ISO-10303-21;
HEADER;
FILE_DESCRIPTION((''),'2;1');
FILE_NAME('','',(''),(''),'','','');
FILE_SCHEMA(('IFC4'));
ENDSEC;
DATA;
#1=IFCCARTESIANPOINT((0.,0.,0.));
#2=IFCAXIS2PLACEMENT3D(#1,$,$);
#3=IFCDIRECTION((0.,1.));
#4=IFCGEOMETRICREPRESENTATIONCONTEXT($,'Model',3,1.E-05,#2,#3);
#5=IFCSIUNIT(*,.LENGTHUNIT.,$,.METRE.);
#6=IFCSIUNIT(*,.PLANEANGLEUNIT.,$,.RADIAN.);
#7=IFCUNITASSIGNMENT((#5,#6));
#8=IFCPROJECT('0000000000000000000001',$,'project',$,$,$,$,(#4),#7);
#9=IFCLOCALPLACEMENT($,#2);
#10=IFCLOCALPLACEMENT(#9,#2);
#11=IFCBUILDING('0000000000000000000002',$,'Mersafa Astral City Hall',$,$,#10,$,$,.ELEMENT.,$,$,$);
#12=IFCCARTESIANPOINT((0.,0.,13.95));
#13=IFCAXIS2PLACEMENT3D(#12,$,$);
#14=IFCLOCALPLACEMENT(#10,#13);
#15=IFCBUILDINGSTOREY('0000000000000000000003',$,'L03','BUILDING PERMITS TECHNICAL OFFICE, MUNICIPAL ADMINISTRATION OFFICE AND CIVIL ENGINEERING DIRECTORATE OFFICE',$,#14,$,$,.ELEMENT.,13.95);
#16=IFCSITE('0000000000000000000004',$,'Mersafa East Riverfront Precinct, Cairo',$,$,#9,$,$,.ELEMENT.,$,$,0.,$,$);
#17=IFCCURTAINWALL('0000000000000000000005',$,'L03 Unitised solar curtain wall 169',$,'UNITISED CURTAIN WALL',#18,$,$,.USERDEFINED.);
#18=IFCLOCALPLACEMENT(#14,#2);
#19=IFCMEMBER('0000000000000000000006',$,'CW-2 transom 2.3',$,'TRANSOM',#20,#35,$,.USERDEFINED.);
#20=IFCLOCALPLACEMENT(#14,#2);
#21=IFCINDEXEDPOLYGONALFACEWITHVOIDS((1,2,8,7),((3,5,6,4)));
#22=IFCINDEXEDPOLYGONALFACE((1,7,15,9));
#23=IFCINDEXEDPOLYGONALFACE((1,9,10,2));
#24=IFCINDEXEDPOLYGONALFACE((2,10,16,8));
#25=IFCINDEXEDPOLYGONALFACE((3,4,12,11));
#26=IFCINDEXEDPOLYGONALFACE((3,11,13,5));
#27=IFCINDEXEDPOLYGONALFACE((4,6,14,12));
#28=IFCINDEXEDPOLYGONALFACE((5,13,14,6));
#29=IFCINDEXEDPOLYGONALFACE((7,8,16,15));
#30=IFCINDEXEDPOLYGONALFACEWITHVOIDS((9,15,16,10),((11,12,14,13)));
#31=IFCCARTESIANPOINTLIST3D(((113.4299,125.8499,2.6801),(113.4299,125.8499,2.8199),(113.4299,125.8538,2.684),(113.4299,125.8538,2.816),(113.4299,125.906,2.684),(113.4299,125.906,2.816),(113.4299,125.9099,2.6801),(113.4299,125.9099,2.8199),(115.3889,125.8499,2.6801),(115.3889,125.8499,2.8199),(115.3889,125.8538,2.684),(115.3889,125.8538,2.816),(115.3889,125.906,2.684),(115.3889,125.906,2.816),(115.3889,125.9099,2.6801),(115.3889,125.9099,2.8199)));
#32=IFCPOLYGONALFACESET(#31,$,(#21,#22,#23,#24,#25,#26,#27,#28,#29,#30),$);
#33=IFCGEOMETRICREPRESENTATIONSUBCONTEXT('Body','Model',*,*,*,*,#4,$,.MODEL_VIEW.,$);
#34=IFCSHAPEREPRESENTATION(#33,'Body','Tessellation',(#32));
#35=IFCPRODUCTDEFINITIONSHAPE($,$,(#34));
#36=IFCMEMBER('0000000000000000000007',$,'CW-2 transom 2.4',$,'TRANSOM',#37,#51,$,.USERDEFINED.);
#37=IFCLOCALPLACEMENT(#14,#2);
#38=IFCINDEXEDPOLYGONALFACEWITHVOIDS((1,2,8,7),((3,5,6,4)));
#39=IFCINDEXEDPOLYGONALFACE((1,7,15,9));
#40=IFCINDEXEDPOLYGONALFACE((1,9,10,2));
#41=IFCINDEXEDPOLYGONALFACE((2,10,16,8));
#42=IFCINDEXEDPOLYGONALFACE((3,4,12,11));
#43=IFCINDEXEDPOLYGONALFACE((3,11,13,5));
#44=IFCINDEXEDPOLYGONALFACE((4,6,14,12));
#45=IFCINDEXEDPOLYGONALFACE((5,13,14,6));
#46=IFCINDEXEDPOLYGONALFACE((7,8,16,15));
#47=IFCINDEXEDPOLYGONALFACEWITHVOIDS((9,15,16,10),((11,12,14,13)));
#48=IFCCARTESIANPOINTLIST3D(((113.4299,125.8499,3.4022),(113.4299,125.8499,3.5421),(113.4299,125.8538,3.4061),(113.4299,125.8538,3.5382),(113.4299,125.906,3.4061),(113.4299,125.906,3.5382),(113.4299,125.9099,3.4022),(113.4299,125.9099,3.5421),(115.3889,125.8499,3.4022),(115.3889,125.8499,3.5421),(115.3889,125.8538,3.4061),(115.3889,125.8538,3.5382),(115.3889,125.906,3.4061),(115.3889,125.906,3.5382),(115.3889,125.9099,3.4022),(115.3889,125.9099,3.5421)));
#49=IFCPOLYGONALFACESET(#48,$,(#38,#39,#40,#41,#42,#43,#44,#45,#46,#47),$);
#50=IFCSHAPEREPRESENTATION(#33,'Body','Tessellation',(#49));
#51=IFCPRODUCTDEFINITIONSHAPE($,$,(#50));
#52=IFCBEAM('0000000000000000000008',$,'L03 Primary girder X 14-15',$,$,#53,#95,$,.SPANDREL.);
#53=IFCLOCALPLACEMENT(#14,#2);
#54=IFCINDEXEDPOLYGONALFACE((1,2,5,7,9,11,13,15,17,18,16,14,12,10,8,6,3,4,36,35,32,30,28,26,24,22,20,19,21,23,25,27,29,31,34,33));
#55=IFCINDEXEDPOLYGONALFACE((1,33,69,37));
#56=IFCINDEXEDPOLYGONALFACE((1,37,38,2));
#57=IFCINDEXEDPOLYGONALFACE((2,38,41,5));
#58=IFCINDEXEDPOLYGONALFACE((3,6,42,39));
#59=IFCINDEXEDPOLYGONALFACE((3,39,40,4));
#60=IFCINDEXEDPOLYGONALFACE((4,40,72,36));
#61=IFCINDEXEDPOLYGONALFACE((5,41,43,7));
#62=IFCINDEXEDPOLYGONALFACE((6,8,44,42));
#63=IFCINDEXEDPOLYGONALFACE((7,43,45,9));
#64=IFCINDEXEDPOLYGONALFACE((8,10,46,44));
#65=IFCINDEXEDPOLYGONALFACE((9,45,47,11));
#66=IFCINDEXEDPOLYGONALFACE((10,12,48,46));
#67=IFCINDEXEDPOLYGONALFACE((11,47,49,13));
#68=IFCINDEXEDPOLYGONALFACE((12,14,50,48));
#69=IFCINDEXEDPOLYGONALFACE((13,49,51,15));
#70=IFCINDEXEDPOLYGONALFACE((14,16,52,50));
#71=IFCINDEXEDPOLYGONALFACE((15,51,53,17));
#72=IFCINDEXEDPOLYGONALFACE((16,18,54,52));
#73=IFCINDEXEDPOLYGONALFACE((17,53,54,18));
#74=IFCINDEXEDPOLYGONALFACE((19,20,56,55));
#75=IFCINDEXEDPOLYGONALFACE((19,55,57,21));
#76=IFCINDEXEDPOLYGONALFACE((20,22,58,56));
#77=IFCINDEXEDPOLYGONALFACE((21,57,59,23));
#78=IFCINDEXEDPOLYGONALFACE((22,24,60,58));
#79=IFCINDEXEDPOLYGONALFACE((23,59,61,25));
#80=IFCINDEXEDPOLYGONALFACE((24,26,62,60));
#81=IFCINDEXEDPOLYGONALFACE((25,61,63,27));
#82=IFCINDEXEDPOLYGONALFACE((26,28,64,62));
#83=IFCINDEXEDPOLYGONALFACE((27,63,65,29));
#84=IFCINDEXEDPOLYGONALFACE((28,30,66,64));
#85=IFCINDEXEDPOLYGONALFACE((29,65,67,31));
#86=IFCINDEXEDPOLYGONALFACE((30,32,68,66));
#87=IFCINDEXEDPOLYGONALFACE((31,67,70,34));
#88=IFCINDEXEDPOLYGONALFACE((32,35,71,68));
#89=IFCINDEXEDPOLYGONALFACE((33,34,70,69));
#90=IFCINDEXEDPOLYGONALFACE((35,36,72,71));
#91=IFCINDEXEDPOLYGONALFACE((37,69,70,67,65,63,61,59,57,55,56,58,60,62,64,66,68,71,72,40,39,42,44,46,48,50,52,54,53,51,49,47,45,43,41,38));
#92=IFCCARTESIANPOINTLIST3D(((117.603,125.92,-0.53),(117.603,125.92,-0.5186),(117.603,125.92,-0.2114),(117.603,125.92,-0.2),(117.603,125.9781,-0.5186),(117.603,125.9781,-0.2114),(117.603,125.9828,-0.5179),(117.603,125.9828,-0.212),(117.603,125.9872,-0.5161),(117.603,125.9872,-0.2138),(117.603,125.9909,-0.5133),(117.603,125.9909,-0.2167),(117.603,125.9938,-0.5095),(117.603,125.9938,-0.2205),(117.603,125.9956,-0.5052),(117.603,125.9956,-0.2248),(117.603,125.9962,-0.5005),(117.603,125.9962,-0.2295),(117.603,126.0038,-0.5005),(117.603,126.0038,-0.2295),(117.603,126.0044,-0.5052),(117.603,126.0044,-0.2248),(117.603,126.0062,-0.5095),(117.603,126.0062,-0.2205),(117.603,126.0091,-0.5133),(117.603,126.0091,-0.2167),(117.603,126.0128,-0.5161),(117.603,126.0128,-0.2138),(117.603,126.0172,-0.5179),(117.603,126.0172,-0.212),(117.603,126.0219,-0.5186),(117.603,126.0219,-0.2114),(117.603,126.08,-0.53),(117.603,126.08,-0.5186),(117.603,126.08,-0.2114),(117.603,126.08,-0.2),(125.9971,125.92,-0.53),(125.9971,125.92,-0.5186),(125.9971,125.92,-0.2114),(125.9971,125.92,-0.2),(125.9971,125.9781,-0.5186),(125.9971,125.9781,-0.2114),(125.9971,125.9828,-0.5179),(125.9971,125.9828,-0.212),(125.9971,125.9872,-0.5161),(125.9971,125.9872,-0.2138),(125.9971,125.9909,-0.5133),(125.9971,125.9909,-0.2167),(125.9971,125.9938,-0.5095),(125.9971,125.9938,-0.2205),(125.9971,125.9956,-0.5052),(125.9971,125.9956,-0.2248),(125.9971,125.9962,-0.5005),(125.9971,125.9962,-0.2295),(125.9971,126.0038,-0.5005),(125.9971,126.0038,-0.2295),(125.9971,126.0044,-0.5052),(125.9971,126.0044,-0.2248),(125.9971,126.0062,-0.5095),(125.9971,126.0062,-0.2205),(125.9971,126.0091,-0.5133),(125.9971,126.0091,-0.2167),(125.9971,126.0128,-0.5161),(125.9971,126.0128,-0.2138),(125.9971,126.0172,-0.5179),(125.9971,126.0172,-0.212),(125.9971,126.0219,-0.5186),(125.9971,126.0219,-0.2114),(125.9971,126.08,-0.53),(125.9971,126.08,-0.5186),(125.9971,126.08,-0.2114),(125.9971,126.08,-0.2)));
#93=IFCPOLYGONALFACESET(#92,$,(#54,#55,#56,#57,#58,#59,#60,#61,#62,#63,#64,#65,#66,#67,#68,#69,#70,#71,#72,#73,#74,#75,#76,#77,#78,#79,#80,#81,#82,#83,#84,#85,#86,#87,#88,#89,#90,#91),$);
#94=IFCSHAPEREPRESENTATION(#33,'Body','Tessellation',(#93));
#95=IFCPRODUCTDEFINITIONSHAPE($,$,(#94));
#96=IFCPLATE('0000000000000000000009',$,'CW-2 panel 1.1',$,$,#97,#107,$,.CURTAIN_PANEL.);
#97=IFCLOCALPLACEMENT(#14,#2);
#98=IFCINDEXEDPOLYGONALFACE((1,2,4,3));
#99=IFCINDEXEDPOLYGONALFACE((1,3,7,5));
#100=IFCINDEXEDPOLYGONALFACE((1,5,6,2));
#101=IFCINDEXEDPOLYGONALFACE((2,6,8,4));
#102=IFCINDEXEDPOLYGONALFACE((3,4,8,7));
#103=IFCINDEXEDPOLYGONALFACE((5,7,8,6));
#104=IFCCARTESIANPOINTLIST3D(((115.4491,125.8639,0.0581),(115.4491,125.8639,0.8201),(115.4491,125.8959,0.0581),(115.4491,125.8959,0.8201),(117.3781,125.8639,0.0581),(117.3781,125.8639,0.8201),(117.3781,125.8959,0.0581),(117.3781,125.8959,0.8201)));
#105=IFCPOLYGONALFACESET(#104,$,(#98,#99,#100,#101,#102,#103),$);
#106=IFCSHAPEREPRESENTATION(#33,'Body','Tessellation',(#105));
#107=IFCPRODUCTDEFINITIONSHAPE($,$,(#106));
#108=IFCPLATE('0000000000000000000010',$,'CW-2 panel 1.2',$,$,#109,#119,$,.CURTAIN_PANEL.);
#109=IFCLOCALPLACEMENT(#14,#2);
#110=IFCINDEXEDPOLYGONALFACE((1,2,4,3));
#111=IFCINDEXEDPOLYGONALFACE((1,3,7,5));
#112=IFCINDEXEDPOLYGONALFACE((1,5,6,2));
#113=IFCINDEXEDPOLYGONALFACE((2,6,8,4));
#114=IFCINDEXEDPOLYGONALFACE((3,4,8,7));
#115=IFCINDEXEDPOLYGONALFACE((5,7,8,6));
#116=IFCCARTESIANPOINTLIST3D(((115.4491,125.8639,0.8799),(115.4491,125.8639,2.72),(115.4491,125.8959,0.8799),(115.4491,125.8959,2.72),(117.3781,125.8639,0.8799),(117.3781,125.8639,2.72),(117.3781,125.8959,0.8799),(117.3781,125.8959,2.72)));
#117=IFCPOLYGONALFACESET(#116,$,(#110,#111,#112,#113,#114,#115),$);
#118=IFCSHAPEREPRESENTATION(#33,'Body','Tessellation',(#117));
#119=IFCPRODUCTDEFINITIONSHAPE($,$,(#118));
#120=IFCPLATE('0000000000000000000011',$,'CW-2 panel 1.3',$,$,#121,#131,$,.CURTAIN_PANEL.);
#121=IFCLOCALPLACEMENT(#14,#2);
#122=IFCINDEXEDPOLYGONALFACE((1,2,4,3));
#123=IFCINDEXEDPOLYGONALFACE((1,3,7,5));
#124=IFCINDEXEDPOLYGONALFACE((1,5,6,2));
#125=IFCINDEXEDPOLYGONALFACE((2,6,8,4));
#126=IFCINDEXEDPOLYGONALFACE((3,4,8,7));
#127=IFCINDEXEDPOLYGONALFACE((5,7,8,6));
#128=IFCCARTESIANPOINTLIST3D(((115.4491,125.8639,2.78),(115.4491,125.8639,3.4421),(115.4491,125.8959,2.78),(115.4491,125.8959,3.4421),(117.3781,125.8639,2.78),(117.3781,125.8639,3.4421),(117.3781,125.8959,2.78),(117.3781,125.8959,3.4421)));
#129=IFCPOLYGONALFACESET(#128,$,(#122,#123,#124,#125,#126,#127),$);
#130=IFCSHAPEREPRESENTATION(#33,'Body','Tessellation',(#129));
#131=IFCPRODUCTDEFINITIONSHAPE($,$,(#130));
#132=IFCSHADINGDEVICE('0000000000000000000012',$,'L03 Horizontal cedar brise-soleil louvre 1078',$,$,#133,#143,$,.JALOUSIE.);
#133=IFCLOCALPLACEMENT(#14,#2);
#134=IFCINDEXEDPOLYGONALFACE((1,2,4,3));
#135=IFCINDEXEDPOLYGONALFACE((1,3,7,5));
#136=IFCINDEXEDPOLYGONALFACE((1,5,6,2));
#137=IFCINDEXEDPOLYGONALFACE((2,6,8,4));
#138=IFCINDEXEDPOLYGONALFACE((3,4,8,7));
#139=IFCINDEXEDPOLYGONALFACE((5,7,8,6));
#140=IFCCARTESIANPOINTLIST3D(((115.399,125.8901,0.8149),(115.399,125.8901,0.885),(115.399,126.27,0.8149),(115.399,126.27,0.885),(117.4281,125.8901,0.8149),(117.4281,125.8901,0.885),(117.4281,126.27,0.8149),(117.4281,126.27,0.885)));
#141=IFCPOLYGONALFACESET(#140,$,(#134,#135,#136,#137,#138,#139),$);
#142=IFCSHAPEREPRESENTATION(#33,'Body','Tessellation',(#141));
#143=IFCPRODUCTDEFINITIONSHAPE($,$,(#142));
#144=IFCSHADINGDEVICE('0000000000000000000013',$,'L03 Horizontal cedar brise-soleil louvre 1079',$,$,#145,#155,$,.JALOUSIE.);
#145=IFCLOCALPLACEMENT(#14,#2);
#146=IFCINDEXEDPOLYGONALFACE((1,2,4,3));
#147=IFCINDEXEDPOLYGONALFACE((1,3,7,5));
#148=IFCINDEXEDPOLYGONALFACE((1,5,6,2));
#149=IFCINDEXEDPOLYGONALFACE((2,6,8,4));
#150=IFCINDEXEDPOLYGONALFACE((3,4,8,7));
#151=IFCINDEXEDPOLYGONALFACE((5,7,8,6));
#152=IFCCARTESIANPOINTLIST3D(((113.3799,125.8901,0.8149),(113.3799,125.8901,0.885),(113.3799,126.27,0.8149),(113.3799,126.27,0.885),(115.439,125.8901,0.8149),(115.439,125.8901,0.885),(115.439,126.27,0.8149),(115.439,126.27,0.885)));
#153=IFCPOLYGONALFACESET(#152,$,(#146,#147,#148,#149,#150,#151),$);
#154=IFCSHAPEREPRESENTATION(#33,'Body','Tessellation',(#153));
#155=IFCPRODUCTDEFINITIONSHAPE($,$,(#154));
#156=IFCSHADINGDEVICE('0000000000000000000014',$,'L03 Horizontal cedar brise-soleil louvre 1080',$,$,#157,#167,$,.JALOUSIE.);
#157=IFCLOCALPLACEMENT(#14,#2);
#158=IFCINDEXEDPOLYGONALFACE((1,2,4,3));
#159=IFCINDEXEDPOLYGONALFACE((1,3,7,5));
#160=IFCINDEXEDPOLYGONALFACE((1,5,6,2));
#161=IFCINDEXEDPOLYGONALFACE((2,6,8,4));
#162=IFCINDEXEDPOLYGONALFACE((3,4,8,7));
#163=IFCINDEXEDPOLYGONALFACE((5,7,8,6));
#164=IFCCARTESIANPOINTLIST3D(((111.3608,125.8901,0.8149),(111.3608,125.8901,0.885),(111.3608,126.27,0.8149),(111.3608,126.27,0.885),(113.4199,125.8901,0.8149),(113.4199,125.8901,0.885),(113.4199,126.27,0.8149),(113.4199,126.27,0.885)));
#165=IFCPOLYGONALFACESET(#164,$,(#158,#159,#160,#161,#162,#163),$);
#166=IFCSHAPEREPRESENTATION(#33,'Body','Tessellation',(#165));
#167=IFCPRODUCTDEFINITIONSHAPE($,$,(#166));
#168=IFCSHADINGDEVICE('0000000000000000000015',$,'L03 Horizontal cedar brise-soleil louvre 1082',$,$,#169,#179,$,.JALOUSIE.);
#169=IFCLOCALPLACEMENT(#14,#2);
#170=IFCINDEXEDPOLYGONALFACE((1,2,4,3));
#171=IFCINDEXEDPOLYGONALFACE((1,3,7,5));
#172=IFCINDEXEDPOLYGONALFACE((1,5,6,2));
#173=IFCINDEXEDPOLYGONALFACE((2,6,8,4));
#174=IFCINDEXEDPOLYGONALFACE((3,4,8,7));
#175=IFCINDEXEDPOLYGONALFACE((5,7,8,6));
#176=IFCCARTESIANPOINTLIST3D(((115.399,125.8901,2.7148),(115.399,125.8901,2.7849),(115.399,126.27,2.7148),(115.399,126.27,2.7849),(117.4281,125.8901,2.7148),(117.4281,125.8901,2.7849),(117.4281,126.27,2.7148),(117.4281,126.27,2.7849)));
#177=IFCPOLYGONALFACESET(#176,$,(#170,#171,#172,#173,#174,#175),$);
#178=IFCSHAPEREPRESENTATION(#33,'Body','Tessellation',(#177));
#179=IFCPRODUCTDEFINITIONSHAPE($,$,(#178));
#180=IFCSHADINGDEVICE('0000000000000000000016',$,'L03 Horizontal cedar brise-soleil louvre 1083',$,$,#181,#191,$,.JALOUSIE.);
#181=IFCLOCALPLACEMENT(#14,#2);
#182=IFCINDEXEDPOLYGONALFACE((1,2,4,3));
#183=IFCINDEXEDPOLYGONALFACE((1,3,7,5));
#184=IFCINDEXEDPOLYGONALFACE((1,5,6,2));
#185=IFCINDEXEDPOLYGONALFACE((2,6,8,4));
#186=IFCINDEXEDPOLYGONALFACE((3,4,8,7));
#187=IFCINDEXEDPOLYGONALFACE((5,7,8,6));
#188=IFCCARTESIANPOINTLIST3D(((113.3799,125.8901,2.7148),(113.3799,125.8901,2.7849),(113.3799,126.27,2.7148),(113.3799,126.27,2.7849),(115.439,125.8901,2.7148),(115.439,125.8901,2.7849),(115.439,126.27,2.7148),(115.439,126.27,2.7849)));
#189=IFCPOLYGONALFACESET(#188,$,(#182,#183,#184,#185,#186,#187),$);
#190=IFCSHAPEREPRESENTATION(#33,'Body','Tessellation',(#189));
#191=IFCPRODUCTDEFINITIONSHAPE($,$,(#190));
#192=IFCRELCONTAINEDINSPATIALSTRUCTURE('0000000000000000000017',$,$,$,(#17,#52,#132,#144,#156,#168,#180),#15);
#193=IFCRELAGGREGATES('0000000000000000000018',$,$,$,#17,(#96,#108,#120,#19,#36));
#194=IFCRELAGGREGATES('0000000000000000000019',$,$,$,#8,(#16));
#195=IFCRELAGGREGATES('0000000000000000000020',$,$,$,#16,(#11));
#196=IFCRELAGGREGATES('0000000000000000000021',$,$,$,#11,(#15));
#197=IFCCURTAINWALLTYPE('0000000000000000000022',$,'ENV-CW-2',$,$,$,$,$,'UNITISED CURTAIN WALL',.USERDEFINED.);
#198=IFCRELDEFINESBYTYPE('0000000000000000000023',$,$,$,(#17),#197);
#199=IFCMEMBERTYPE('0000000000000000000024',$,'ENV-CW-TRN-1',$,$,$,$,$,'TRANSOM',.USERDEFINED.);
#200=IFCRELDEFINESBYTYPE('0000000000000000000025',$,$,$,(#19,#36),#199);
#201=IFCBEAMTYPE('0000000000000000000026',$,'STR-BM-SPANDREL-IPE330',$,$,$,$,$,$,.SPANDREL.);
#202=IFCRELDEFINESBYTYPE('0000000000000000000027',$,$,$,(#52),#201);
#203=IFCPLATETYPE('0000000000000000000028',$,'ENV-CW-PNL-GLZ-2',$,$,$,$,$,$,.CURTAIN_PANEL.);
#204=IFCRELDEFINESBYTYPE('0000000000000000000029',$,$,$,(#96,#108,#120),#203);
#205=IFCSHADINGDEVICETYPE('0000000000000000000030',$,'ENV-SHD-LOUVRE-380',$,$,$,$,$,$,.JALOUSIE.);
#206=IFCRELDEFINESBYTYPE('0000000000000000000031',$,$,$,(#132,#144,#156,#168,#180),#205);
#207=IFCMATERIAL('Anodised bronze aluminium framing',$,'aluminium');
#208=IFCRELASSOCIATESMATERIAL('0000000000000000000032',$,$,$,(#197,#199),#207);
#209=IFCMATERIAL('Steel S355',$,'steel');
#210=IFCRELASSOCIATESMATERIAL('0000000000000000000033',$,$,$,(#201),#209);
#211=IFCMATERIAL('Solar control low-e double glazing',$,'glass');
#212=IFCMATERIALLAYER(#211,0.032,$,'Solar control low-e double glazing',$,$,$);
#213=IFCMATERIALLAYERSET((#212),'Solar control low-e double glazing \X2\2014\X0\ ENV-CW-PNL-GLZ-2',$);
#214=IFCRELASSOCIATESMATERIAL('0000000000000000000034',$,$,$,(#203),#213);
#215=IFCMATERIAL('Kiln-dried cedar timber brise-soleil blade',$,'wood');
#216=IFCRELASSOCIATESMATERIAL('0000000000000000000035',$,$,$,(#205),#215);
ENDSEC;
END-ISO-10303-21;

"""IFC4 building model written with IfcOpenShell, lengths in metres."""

from ifc_helpers import new_model, si_unit, direction, frame, origin, origin_2d, place, context, subcontext, project, spatial, rectangle, hollow_rectangle, i_section, extrude, material, layer, layer_set, material_profile, profile_set, type_object, element, aggregate, save


model = new_model("IFC4")

# Units and contexts
model_context = context("Model", 3, precision=1e-05, world=origin(), true_north=direction((0.0, 1.0)))
body_context = subcontext(model_context, "Body", "Model", "MODEL_VIEW")
ifc_project = project(units=[si_unit("LENGTHUNIT", "METRE"), si_unit("PLANEANGLEUNIT", "RADIAN")], contexts=[model_context])

# Site, building, storey
site_placement = place(None, origin())
site = spatial("IfcSite", under=ifc_project, at=site_placement, Name="Mersafa East Riverfront Precinct, Cairo", CompositionType="ELEMENT", RefElevation=0.0)
building_placement = place(site_placement, origin())
building = spatial("IfcBuilding", under=site, at=building_placement, Name="Mersafa Astral City Hall", CompositionType="ELEMENT")
storey_placement = place(building_placement, frame((0.0, 0.0, 13.95)))
storey = spatial("IfcBuildingStorey", under=building, at=storey_placement, Name="L03", Description="BUILDING PERMITS TECHNICAL OFFICE, MUNICIPAL ADMINISTRATION OFFICE AND CIVIL ENGINEERING DIRECTORATE OFFICE", CompositionType="ELEMENT", Elevation=13.95)

# Shared definitions
ifc_material_1 = material(Name="Steel S355", Category="steel")

# Curtain wall, members
ifc_material_2 = material(Name="Anodised bronze aluminium framing", Category="aluminium")
curtain_wall_type = type_object("IfcCurtainWallType", Name="ENV-CW-2", ElementType="UNITISED CURTAIN WALL", PredefinedType="USERDEFINED", material=ifc_material_2)
curtain_wall_placement = place(storey_placement, origin())
curtain_wall = element("IfcCurtainWall", 1, at=curtain_wall_placement, inside=storey, type_object=curtain_wall_type, Name="L03 Unitised solar curtain wall 169", ObjectType="UNITISED CURTAIN WALL", PredefinedType="USERDEFINED")
ifc_material_profile_1 = material_profile(ifc_material_2, hollow_rectangle(XDim=0.0601, YDim=0.1399, WallThickness=0.0039, at=origin_2d()), Name="RHS 60x140x4")
ifc_profile_set_1 = profile_set([ifc_material_profile_1], Name="Anodised bronze aluminium framing")
member_type_1 = type_object("IfcMemberType", Name="ENV-CW-TRN-1", ElementType="TRANSOM", PredefinedType="USERDEFINED", material=ifc_profile_set_1)
member_1_placement = place(storey_placement, frame((115.3889, 125.8799, 2.75), z_axis=(-1.0, 0.0, 0.0), x_axis=(0.0, -1.0, 0.0)))
member_1 = element("IfcMember", 2, at=member_1_placement, type_object=member_type_1, Name="CW-2 transom 2.3", ObjectType="TRANSOM", PredefinedType="USERDEFINED", context=body_context, shape_type="SweptSolid", body=[
    extrude(hollow_rectangle(XDim=0.0601, YDim=0.1399, WallThickness=0.0039, at=origin_2d()), origin(), (0.0, 0.0, 1.0), 1.959),
])
member_2_placement = place(storey_placement, frame((115.3889, 125.8799, 3.4722), z_axis=(-1.0, 0.0, 0.0), x_axis=(0.0, -1.0, 0.0)))
member_2 = element("IfcMember", 3, at=member_2_placement, type_object=member_type_1, Name="CW-2 transom 2.4", ObjectType="TRANSOM", PredefinedType="USERDEFINED", context=body_context, shape_type="SweptSolid", body=[
    extrude(hollow_rectangle(XDim=0.0601, YDim=0.1399, WallThickness=0.0039, at=origin_2d()), origin(), (0.0, 0.0, 1.0), 1.959),
])

# Beam
ifc_material_profile_2 = material_profile(ifc_material_1, i_section(OverallWidth=0.1599, OverallDepth=0.3301, WebThickness=0.0076, FlangeThickness=0.0115, FilletRadius=0.0181, at=origin_2d()), Name="IPE 330")
ifc_profile_set_2 = profile_set([ifc_material_profile_2], Name="Steel S355")
beam_type = type_object("IfcBeamType", Name="STR-BM-SPANDREL-IPE330", PredefinedType="SPANDREL", material=ifc_profile_set_2)
beam_placement = place(storey_placement, frame((117.603, 126.0, -0.365), z_axis=(1.0, 0.0, 0.0), x_axis=(0.0, 1.0, 0.0)))
element("IfcBeam", 4, at=beam_placement, inside=storey, type_object=beam_type, Name="L03 Primary girder X 14-15", PredefinedType="SPANDREL", context=body_context, shape_type="SweptSolid", body=[
    extrude(i_section(OverallWidth=0.1599, OverallDepth=0.3301, WebThickness=0.0076, FlangeThickness=0.0115, FilletRadius=0.0181, at=origin_2d()), origin(), (0.0, 0.0, 1.0), 8.394),
])

# Plates
ifc_material_3 = material(Name="Solar control low-e double glazing", Category="glass")
ifc_layer = layer(ifc_material_3, 0.032, Name="Solar control low-e double glazing")
ifc_layer_set = layer_set([ifc_layer], Name="Solar control low-e double glazing — ENV-CW-PNL-GLZ-2")
plate_type = type_object("IfcPlateType", Name="ENV-CW-PNL-GLZ-2", PredefinedType="CURTAIN_PANEL", material=ifc_layer_set)
plate_1_placement = place(storey_placement, frame((116.4136, 125.8799, 0.0581), z_axis=(0.0, 0.0, 1.0), x_axis=(-1.0, 0.0, 0.0)))
plate_1 = element("IfcPlate", 5, at=plate_1_placement, type_object=plate_type, Name="CW-2 panel 1.1", PredefinedType="CURTAIN_PANEL", context=body_context, shape_type="SweptSolid", body=[
    extrude(rectangle(XDim=1.929, YDim=0.032, at=origin_2d()), origin(), (0.0, 0.0, 1.0), 0.762),
])
plate_2_placement = place(storey_placement, frame((116.4136, 125.8799, 0.8799), z_axis=(0.0, 0.0, 1.0), x_axis=(-1.0, 0.0, 0.0)))
plate_2 = element("IfcPlate", 6, at=plate_2_placement, type_object=plate_type, Name="CW-2 panel 1.2", PredefinedType="CURTAIN_PANEL", context=body_context, shape_type="SweptSolid", body=[
    extrude(rectangle(XDim=1.929, YDim=0.032, at=origin_2d()), origin(), (0.0, 0.0, 1.0), 1.8401),
])
plate_3_placement = place(storey_placement, frame((116.4136, 125.8799, 2.78), z_axis=(0.0, 0.0, 1.0), x_axis=(-1.0, 0.0, 0.0)))
plate_3 = element("IfcPlate", 7, at=plate_3_placement, type_object=plate_type, Name="CW-2 panel 1.3", PredefinedType="CURTAIN_PANEL", context=body_context, shape_type="SweptSolid", body=[
    extrude(rectangle(XDim=1.929, YDim=0.032, at=origin_2d()), origin(), (0.0, 0.0, 1.0), 0.6621),
])
aggregate(curtain_wall, [plate_1, plate_2, plate_3, member_1, member_2])

# Shading devices
ifc_material_4 = material(Name="Kiln-dried cedar timber brise-soleil blade", Category="wood")
shading_device_type = type_object("IfcShadingDeviceType", Name="ENV-SHD-LOUVRE-380", PredefinedType="JALOUSIE", material=ifc_material_4)
shading_device_1_placement = place(storey_placement, frame((116.4136, 126.0801, 0.8149), z_axis=(0.0, 0.0, 1.0), x_axis=(-1.0, 0.0, 0.0)))
element("IfcShadingDevice", 8, at=shading_device_1_placement, inside=storey, type_object=shading_device_type, Name="L03 Horizontal cedar brise-soleil louvre 1078", PredefinedType="JALOUSIE", context=body_context, shape_type="SweptSolid", body=[
    extrude(rectangle(XDim=2.0291, YDim=0.3799, at=origin_2d()), origin(), (0.0, 0.0, 1.0), 0.0701),
])
for number, where, z_axis, x_axis, name in (
    (9, (114.4094, 126.0801, 0.8149), (0.0, 0.0, 1.0), (-1.0, 0.0, 0.0), "L03 Horizontal cedar brise-soleil louvre 1079"),
    (10, (112.3904, 126.0801, 0.8149), (0.0, 0.0, 1.0), (-1.0, 0.0, 0.0), "L03 Horizontal cedar brise-soleil louvre 1080"),
):
    element("IfcShadingDevice", number, at=place(storey_placement, frame(where, z_axis=z_axis, x_axis=x_axis)), inside=storey, type_object=shading_device_type, Name=name, PredefinedType="JALOUSIE", context=body_context, shape_type="SweptSolid", body=[
        extrude(rectangle(XDim=2.0591, YDim=0.3799, at=origin_2d()), origin(), (0.0, 0.0, 1.0), 0.0701),
    ])
shading_device_2_placement = place(storey_placement, frame((116.4136, 126.0801, 2.7148), z_axis=(0.0, 0.0, 1.0), x_axis=(-1.0, 0.0, 0.0)))
element("IfcShadingDevice", 11, at=shading_device_2_placement, inside=storey, type_object=shading_device_type, Name="L03 Horizontal cedar brise-soleil louvre 1082", PredefinedType="JALOUSIE", context=body_context, shape_type="SweptSolid", body=[
    extrude(rectangle(XDim=2.0291, YDim=0.3799, at=origin_2d()), origin(), (0.0, 0.0, 1.0), 0.0701),
])
for number, where, z_axis, x_axis, name in (
    (12, (114.4094, 126.0801, 2.7148), (0.0, 0.0, 1.0), (-1.0, 0.0, 0.0), "L03 Horizontal cedar brise-soleil louvre 1083"),
):
    element("IfcShadingDevice", number, at=place(storey_placement, frame(where, z_axis=z_axis, x_axis=x_axis)), inside=storey, type_object=shading_device_type, Name=name, PredefinedType="JALOUSIE", context=body_context, shape_type="SweptSolid", body=[
        extrude(rectangle(XDim=2.0591, YDim=0.3799, at=origin_2d()), origin(), (0.0, 0.0, 1.0), 0.0701),
    ])

save(model, "model.ifc")
